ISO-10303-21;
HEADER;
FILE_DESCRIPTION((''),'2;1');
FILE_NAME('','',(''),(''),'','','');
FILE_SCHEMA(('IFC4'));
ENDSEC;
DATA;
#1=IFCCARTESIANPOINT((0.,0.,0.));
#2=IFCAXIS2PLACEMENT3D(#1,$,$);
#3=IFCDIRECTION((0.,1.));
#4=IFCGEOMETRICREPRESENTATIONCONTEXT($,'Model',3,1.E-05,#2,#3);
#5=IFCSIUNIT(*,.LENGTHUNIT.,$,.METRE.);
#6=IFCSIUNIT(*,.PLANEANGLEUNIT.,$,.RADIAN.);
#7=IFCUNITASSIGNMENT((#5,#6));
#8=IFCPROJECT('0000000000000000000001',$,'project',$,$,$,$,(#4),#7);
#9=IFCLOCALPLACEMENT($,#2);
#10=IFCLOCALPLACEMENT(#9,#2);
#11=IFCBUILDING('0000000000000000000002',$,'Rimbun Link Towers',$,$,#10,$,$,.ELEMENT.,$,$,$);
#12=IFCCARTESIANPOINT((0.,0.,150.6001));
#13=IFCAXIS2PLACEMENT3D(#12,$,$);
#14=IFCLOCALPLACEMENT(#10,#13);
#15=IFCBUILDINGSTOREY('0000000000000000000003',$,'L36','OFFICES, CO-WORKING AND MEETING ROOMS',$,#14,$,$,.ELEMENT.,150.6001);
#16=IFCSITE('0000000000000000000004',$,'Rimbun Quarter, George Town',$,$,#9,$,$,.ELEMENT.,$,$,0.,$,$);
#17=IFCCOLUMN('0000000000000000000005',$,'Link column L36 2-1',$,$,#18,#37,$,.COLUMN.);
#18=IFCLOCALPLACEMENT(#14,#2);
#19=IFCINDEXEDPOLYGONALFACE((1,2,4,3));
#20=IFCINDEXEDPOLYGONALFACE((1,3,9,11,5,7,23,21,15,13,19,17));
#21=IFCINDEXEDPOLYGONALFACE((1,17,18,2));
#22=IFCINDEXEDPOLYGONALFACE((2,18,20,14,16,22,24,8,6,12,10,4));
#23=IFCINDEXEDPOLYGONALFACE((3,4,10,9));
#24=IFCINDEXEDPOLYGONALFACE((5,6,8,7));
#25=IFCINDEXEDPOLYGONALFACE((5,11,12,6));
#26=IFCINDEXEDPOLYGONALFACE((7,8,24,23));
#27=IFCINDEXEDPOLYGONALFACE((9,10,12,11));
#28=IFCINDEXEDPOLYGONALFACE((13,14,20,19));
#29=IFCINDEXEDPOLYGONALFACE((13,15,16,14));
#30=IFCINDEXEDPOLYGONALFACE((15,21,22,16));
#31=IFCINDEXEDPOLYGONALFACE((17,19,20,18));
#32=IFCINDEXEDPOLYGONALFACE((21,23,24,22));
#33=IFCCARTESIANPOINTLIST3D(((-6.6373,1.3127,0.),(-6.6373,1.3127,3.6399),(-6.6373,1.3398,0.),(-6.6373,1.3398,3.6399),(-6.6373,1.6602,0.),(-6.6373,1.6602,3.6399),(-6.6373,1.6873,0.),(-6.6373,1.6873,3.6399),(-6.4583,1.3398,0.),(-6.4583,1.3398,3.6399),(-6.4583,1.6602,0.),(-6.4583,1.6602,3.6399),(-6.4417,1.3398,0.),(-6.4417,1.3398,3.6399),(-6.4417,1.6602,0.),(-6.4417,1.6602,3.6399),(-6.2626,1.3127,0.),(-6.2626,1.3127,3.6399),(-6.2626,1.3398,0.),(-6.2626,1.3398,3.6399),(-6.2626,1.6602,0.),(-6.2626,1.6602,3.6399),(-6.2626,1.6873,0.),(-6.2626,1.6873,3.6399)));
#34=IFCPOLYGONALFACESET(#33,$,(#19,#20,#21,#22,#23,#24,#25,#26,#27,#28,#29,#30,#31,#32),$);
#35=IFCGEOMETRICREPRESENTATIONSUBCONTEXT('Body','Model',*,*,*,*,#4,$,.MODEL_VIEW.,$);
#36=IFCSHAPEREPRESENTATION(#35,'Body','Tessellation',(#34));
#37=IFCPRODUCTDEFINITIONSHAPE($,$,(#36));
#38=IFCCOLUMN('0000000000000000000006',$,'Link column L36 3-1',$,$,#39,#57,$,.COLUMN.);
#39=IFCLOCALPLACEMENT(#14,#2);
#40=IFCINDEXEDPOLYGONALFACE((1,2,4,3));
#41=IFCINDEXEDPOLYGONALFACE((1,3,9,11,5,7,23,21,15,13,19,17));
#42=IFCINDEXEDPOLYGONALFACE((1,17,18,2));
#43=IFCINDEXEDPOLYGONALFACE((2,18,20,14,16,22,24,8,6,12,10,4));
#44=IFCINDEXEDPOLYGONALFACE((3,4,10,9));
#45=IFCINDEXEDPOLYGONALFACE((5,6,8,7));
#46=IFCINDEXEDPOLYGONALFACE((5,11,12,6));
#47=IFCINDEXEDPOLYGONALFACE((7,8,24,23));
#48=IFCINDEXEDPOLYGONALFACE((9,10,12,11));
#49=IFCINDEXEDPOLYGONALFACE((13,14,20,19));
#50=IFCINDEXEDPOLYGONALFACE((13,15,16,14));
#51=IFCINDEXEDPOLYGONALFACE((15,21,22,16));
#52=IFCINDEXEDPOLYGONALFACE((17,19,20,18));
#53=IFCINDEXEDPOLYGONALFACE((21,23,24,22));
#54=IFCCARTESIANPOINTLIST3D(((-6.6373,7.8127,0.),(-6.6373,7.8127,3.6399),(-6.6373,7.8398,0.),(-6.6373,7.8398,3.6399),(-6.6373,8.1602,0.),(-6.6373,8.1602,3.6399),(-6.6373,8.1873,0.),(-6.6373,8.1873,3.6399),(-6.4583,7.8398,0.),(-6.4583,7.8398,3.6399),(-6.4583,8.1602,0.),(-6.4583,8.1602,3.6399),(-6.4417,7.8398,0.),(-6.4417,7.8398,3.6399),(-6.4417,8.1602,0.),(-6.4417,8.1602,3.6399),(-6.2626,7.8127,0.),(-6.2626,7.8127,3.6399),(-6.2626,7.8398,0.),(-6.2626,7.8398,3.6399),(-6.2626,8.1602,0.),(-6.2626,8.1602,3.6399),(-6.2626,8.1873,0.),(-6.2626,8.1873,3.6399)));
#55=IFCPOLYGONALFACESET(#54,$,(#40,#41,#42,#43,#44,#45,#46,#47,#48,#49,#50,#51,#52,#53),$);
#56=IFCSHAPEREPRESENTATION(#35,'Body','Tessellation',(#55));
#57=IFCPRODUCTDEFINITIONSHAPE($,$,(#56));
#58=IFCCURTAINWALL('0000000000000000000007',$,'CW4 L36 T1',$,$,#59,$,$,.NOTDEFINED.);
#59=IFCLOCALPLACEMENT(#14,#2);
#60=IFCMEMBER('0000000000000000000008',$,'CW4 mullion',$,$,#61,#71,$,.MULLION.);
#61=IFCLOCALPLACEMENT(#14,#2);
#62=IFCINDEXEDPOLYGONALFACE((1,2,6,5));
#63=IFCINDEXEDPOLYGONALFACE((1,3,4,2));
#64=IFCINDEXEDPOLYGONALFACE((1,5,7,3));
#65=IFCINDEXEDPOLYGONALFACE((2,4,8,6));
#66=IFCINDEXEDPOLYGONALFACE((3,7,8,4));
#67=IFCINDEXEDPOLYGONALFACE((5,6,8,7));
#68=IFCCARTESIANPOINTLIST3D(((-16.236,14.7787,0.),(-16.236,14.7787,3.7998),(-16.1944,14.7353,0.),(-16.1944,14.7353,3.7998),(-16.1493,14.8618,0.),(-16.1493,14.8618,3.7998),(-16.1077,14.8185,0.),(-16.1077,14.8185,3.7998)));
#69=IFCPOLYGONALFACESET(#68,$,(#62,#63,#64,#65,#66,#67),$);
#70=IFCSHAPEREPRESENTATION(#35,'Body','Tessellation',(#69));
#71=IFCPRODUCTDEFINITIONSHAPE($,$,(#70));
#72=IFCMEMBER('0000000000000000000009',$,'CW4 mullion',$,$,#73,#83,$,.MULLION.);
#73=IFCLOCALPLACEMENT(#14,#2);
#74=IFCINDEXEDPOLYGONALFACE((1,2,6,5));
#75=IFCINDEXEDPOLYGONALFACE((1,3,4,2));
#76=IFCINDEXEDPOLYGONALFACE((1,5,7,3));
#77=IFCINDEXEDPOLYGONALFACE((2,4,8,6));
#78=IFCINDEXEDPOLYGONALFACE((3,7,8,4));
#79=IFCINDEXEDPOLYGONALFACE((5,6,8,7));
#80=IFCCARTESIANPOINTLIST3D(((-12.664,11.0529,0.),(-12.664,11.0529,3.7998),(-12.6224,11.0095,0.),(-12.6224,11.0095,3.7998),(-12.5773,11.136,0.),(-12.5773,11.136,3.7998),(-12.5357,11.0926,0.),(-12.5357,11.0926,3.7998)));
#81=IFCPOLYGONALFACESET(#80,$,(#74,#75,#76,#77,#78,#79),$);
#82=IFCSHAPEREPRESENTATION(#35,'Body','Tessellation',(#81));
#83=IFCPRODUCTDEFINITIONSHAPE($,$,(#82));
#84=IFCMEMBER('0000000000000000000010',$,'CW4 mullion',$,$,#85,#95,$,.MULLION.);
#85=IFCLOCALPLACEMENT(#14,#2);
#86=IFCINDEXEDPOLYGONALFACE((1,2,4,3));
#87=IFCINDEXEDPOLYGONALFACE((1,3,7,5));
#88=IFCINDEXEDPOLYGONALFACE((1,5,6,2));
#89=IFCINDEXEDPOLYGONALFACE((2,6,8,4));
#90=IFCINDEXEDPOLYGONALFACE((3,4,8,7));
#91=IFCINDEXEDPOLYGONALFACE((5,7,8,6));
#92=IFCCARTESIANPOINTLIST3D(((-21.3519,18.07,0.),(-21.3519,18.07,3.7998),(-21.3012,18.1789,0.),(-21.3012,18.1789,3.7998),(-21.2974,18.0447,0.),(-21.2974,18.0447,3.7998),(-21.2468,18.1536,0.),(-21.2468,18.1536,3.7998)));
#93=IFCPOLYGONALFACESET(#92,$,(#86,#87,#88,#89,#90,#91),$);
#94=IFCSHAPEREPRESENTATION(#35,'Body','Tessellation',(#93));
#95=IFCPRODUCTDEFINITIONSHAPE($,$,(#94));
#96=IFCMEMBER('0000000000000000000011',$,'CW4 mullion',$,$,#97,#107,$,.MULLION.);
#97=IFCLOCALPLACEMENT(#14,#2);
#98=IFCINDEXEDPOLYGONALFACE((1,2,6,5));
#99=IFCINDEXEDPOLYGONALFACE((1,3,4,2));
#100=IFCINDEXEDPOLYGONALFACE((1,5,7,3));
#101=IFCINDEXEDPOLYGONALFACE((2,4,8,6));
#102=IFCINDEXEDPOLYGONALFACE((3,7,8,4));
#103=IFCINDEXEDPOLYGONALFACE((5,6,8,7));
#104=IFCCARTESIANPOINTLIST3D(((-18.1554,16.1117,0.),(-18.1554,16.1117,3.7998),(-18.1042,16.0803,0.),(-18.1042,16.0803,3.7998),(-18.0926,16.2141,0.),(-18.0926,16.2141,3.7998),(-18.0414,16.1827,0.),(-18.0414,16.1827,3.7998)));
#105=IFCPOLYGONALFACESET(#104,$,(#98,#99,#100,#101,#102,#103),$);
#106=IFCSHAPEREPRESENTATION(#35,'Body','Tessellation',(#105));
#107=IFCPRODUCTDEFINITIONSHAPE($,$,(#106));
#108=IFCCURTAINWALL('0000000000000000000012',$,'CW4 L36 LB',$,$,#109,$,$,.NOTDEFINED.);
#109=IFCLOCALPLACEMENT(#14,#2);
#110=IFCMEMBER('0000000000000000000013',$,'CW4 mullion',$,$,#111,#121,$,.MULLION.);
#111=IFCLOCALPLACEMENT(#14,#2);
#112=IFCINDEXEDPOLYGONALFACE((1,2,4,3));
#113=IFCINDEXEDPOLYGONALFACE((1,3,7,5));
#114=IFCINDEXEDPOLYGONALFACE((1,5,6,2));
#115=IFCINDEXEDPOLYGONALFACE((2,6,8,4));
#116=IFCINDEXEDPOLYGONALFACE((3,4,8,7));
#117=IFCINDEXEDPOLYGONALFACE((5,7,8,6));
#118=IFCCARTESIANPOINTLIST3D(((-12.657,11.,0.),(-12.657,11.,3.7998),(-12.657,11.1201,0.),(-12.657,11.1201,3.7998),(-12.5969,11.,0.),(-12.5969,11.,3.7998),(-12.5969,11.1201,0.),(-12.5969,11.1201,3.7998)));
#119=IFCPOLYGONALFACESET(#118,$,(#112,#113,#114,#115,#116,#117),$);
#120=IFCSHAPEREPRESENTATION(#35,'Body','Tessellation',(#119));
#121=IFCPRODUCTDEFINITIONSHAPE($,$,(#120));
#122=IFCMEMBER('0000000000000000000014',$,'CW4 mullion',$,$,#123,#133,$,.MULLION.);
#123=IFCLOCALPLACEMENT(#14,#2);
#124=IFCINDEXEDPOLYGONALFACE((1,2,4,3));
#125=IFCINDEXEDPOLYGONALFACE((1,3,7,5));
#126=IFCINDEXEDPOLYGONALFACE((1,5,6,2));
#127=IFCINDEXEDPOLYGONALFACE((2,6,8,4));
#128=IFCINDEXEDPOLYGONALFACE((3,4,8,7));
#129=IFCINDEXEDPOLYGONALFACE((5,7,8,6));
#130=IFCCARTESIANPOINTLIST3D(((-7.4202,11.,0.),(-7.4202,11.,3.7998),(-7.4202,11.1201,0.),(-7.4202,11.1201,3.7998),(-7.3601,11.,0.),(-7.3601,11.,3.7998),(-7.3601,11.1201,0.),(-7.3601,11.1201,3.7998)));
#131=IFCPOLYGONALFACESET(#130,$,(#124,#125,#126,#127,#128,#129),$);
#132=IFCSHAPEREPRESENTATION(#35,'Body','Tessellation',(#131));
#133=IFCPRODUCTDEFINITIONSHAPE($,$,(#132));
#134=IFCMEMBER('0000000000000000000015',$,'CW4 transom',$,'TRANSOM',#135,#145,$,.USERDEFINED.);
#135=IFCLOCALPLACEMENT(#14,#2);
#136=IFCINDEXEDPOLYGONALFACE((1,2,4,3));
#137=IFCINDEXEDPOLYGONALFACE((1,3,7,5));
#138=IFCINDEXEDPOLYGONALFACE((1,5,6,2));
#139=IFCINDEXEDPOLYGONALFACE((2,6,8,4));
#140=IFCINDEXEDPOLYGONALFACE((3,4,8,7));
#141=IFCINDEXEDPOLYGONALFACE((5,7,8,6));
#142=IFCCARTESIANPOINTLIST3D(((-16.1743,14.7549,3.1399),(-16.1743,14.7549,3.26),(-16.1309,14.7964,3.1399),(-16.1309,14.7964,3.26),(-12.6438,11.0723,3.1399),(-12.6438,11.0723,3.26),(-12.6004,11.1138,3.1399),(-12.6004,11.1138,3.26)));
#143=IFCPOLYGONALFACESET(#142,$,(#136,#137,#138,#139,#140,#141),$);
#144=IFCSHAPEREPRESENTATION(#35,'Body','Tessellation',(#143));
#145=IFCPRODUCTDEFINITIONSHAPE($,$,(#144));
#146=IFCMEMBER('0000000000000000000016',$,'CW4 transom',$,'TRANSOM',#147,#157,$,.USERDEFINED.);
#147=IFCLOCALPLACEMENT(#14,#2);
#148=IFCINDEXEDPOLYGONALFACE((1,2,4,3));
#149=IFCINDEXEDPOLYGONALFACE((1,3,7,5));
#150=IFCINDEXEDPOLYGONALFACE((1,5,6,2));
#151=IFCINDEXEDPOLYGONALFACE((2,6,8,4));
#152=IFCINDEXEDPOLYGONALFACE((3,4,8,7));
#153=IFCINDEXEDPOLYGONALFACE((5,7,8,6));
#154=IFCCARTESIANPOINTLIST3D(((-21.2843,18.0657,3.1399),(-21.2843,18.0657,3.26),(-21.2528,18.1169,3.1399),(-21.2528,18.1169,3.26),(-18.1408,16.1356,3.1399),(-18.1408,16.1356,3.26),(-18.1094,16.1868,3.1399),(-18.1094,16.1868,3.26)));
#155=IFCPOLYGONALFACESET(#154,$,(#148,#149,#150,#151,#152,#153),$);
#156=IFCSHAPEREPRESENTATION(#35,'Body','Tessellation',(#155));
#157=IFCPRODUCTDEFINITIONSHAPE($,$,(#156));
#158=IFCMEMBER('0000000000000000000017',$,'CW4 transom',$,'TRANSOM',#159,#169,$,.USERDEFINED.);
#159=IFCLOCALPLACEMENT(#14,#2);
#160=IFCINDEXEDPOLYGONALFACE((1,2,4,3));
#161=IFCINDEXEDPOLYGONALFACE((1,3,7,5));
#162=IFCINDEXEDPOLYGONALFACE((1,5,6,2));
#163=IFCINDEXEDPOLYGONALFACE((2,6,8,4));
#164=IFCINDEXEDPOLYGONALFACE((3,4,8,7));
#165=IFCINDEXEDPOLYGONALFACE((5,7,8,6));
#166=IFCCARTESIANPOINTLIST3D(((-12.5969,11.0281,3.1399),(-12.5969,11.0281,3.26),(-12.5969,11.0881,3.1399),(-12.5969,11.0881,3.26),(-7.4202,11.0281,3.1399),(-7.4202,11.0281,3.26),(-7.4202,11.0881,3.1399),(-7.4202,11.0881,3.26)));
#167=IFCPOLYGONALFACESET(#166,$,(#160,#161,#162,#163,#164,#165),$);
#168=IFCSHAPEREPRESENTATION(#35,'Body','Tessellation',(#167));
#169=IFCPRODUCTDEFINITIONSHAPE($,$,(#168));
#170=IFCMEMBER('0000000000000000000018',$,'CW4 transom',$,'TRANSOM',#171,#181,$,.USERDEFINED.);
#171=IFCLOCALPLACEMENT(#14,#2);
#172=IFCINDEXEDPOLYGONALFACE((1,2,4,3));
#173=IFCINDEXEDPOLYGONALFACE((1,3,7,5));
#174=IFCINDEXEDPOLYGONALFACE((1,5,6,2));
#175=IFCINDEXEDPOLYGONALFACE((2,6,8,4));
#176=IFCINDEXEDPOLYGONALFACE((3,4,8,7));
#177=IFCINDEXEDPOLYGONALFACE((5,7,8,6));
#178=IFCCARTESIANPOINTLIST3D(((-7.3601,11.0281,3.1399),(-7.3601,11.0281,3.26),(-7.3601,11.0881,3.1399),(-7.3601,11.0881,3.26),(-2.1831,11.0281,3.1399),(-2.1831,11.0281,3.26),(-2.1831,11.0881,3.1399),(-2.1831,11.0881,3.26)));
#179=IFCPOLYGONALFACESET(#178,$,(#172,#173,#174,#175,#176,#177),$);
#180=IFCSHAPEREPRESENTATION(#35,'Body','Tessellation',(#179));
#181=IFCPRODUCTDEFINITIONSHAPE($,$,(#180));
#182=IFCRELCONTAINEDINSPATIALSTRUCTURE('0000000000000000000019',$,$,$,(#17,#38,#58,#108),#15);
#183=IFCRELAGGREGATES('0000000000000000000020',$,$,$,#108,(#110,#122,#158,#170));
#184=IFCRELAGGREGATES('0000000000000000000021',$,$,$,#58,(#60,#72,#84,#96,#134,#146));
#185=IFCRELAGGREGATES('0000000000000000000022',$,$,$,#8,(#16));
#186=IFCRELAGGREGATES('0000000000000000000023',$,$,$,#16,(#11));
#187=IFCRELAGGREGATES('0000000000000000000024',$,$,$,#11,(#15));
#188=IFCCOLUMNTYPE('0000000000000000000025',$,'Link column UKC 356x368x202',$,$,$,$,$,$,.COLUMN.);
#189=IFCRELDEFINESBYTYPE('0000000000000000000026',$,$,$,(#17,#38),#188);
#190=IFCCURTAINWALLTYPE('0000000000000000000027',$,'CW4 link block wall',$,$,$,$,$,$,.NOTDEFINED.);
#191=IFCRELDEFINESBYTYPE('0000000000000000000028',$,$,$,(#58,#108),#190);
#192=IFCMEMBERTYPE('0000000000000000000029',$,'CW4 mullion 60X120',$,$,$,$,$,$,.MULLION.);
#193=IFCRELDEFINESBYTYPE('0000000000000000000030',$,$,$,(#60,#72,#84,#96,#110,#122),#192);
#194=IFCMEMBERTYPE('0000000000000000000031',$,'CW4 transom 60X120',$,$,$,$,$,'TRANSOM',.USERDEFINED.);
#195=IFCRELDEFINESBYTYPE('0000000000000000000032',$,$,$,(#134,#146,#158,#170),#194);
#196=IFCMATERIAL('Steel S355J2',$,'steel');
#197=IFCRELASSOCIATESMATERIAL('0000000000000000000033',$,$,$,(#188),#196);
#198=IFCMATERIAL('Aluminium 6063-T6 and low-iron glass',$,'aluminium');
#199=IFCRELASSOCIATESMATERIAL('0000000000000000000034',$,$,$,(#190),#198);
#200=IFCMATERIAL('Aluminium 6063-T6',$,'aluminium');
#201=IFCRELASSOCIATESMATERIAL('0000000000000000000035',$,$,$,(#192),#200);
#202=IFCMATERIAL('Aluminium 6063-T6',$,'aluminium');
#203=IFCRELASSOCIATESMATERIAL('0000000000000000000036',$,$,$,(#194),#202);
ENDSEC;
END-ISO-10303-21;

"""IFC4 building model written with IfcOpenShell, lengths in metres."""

from ifc_helpers import new_model, si_unit, direction, frame, origin, origin_2d, place, context, subcontext, project, spatial, rectangle, i_section, extrude, material, material_profile, profile_set, type_object, element, aggregate, save


model = new_model("IFC4")

# Units and contexts
model_context = context("Model", 3, precision=1e-05, world=origin(), true_north=direction((0.0, 1.0)))
body_context = subcontext(model_context, "Body", "Model", "MODEL_VIEW")
ifc_project = project(units=[si_unit("LENGTHUNIT", "METRE"), si_unit("PLANEANGLEUNIT", "RADIAN")], contexts=[model_context])

# Site, building, storey
site_placement = place(None, origin())
site = spatial("IfcSite", under=ifc_project, at=site_placement, Name="Rimbun Quarter, George Town", CompositionType="ELEMENT", RefElevation=0.0)
building_placement = place(site_placement, origin())
building = spatial("IfcBuilding", under=site, at=building_placement, Name="Rimbun Link Towers", CompositionType="ELEMENT")
storey_placement = place(building_placement, frame((0.0, 0.0, 150.6001)))
storey = spatial("IfcBuildingStorey", under=building, at=storey_placement, Name="L36", Description="OFFICES, CO-WORKING AND MEETING ROOMS", CompositionType="ELEMENT", Elevation=150.6001)

# Columns
ifc_material_1 = material(Name="Steel S355J2", Category="steel")
ifc_material_profile_1 = material_profile(ifc_material_1, i_section(OverallWidth=0.3748, OverallDepth=0.3745, WebThickness=0.0166, FlangeThickness=0.0271, at=origin_2d()), Name="UKC 356x368x202")
ifc_profile_set_1 = profile_set([ifc_material_profile_1], Name="Steel S355J2")
column_type = type_object("IfcColumnType", Name="Link column UKC 356x368x202", PredefinedType="COLUMN", material=ifc_profile_set_1)
for number, where, z_axis, x_axis, name in (
    (1, (-6.45, 1.5, 0.0), (0.0, 0.0, 1.0), (1.0, 0.0, 0.0), "Link column L36 2-1"),
    (2, (-6.45, 8.0, 0.0), (0.0, 0.0, 1.0), (1.0, 0.0, 0.0), "Link column L36 3-1"),
):
    element("IfcColumn", number, at=place(storey_placement, frame(where, z_axis=z_axis, x_axis=x_axis)), inside=storey, type_object=column_type, Name=name, PredefinedType="COLUMN", context=body_context, shape_type="SweptSolid", body=[
        extrude(i_section(OverallWidth=0.3748, OverallDepth=0.3745, WebThickness=0.0166, FlangeThickness=0.0271, at=origin_2d()), origin(), (0.0, 0.0, 1.0), 3.6399),
    ])

# Curtain walls, members
ifc_material_2 = material(Name="Aluminium 6063-T6 and low-iron glass", Category="aluminium")
curtain_wall_type = type_object("IfcCurtainWallType", Name="CW4 link block wall", PredefinedType="NOTDEFINED", material=ifc_material_2)
curtain_wall_1_placement = place(storey_placement, origin())
curtain_wall_1 = element("IfcCurtainWall", 3, at=curtain_wall_1_placement, inside=storey, type_object=curtain_wall_type, Name="CW4 L36 T1", PredefinedType="NOTDEFINED")
ifc_material_3 = material(Name="Aluminium 6063-T6", Category="aluminium")
ifc_material_profile_2 = material_profile(ifc_material_3, rectangle(XDim=0.1201, YDim=0.0601, at=origin_2d()), Name="MULLION 60X120")
ifc_profile_set_2 = profile_set([ifc_material_profile_2], Name="Aluminium 6063-T6")
member_type_1 = type_object("IfcMemberType", Name="CW4 mullion 60X120", PredefinedType="MULLION", material=ifc_profile_set_2)
member_1_placement = place(storey_placement, frame((-16.1719, 14.7986, 0.0), z_axis=(0.0, 0.0, 1.0), x_axis=(0.721858, 0.692041, 0.0)))
member_1 = element("IfcMember", 4, at=member_1_placement, type_object=member_type_1, Name="CW4 mullion", PredefinedType="MULLION", context=body_context, shape_type="SweptSolid", body=[
    extrude(rectangle(XDim=0.1201, YDim=0.0601, at=origin_2d()), origin(), (0.0, 0.0, 1.0), 3.7998),
])
member_2_placement = place(storey_placement, frame((-12.5999, 11.0728, 0.0), z_axis=(0.0, 0.0, 1.0), x_axis=(0.721858, 0.692041, 0.0)))
member_2 = element("IfcMember", 5, at=member_2_placement, type_object=member_type_1, Name="CW4 mullion", PredefinedType="MULLION", context=body_context, shape_type="SweptSolid", body=[
    extrude(rectangle(XDim=0.1201, YDim=0.0601, at=origin_2d()), origin(), (0.0, 0.0, 1.0), 3.7998),
])
member_3_placement = place(storey_placement, frame((-21.2993, 18.1118, 0.0), z_axis=(0.0, 0.0, 1.0), x_axis=(0.421697, 0.906737, 0.0)))
member_3 = element("IfcMember", 6, at=member_3_placement, type_object=member_type_1, Name="CW4 mullion", PredefinedType="MULLION", context=body_context, shape_type="SweptSolid", body=[
    extrude(rectangle(XDim=0.1201, YDim=0.0601, at=origin_2d()), origin(), (0.0, 0.0, 1.0), 3.7998),
])
member_4_placement = place(storey_placement, frame((-18.0984, 16.1472, 0.0), z_axis=(0.0, 0.0, 1.0), x_axis=(0.523225, 0.852194, 0.0)))
member_4 = element("IfcMember", 7, at=member_4_placement, type_object=member_type_1, Name="CW4 mullion", PredefinedType="MULLION", context=body_context, shape_type="SweptSolid", body=[
    extrude(rectangle(XDim=0.1201, YDim=0.0601, at=origin_2d()), origin(), (0.0, 0.0, 1.0), 3.7998),
])
curtain_wall_2_placement = place(storey_placement, origin())
curtain_wall_2 = element("IfcCurtainWall", 8, at=curtain_wall_2_placement, inside=storey, type_object=curtain_wall_type, Name="CW4 L36 LB", PredefinedType="NOTDEFINED")
member_5_placement = place(storey_placement, frame((-12.627, 11.0601, 0.0), z_axis=(0.0, 0.0, 1.0), x_axis=(0.0, 1.0, 0.0)))
member_5 = element("IfcMember", 9, at=member_5_placement, type_object=member_type_1, Name="CW4 mullion", PredefinedType="MULLION", context=body_context, shape_type="SweptSolid", body=[
    extrude(rectangle(XDim=0.1201, YDim=0.0601, at=origin_2d()), origin(), (0.0, 0.0, 1.0), 3.7998),
])
member_6_placement = place(storey_placement, frame((-7.3901, 11.0601, 0.0), z_axis=(0.0, 0.0, 1.0), x_axis=(0.0, 1.0, 0.0)))
member_6 = element("IfcMember", 10, at=member_6_placement, type_object=member_type_1, Name="CW4 mullion", PredefinedType="MULLION", context=body_context, shape_type="SweptSolid", body=[
    extrude(rectangle(XDim=0.1201, YDim=0.0601, at=origin_2d()), origin(), (0.0, 0.0, 1.0), 3.7998),
])

# Members
ifc_material_4 = material(Name="Aluminium 6063-T6", Category="aluminium")
ifc_material_profile_3 = material_profile(ifc_material_4, rectangle(XDim=0.0601, YDim=0.1201, at=origin_2d()), Name="TRANSOM 60X120")
ifc_profile_set_3 = profile_set([ifc_material_profile_3], Name="Aluminium 6063-T6")
member_type_2 = type_object("IfcMemberType", Name="CW4 transom 60X120", ElementType="TRANSOM", PredefinedType="USERDEFINED", material=ifc_profile_set_3)
member_7_placement = place(storey_placement, frame((-16.1526, 14.7756, 3.2), z_axis=(0.692043, -0.721857, 0.0), x_axis=(0.721857, 0.692043, 0.0)))
member_7 = element("IfcMember", 11, at=member_7_placement, type_object=member_type_2, Name="CW4 transom", ObjectType="TRANSOM", PredefinedType="USERDEFINED", context=body_context, shape_type="SweptSolid", body=[
    extrude(rectangle(XDim=0.0601, YDim=0.1201, at=origin_2d()), origin(), (0.0, 0.0, 1.0), 5.1016),
])
member_8_placement = place(storey_placement, frame((-21.2686, 18.0913, 3.2), z_axis=(0.852181, -0.523248, 0.0), x_axis=(0.523248, 0.852181, 0.0)))
member_8 = element("IfcMember", 12, at=member_8_placement, type_object=member_type_2, Name="CW4 transom", ObjectType="TRANSOM", PredefinedType="USERDEFINED", context=body_context, shape_type="SweptSolid", body=[
    extrude(rectangle(XDim=0.0601, YDim=0.1201, at=origin_2d()), origin(), (0.0, 0.0, 1.0), 3.6887),
])
member_9_placement = place(storey_placement, frame((-12.5969, 11.0581, 3.2), z_axis=(1.0, 0.0, 0.0), x_axis=(0.0, 1.0, 0.0)))
member_9 = element("IfcMember", 13, at=member_9_placement, type_object=member_type_2, Name="CW4 transom", ObjectType="TRANSOM", PredefinedType="USERDEFINED", context=body_context, shape_type="SweptSolid", body=[
    extrude(rectangle(XDim=0.0601, YDim=0.1201, at=origin_2d()), origin(), (0.0, 0.0, 1.0), 5.1768),
])
member_10_placement = place(storey_placement, frame((-7.3601, 11.0581, 3.2), z_axis=(1.0, 0.0, 0.0), x_axis=(0.0, 1.0, 0.0)))
member_10 = element("IfcMember", 14, at=member_10_placement, type_object=member_type_2, Name="CW4 transom", ObjectType="TRANSOM", PredefinedType="USERDEFINED", context=body_context, shape_type="SweptSolid", body=[
    extrude(rectangle(XDim=0.0601, YDim=0.1201, at=origin_2d()), origin(), (0.0, 0.0, 1.0), 5.177),
])

aggregate(curtain_wall_2, [member_5, member_6, member_9, member_10])
aggregate(curtain_wall_1, [member_1, member_2, member_3, member_4, member_7, member_8])

save(model, "model.ifc")
